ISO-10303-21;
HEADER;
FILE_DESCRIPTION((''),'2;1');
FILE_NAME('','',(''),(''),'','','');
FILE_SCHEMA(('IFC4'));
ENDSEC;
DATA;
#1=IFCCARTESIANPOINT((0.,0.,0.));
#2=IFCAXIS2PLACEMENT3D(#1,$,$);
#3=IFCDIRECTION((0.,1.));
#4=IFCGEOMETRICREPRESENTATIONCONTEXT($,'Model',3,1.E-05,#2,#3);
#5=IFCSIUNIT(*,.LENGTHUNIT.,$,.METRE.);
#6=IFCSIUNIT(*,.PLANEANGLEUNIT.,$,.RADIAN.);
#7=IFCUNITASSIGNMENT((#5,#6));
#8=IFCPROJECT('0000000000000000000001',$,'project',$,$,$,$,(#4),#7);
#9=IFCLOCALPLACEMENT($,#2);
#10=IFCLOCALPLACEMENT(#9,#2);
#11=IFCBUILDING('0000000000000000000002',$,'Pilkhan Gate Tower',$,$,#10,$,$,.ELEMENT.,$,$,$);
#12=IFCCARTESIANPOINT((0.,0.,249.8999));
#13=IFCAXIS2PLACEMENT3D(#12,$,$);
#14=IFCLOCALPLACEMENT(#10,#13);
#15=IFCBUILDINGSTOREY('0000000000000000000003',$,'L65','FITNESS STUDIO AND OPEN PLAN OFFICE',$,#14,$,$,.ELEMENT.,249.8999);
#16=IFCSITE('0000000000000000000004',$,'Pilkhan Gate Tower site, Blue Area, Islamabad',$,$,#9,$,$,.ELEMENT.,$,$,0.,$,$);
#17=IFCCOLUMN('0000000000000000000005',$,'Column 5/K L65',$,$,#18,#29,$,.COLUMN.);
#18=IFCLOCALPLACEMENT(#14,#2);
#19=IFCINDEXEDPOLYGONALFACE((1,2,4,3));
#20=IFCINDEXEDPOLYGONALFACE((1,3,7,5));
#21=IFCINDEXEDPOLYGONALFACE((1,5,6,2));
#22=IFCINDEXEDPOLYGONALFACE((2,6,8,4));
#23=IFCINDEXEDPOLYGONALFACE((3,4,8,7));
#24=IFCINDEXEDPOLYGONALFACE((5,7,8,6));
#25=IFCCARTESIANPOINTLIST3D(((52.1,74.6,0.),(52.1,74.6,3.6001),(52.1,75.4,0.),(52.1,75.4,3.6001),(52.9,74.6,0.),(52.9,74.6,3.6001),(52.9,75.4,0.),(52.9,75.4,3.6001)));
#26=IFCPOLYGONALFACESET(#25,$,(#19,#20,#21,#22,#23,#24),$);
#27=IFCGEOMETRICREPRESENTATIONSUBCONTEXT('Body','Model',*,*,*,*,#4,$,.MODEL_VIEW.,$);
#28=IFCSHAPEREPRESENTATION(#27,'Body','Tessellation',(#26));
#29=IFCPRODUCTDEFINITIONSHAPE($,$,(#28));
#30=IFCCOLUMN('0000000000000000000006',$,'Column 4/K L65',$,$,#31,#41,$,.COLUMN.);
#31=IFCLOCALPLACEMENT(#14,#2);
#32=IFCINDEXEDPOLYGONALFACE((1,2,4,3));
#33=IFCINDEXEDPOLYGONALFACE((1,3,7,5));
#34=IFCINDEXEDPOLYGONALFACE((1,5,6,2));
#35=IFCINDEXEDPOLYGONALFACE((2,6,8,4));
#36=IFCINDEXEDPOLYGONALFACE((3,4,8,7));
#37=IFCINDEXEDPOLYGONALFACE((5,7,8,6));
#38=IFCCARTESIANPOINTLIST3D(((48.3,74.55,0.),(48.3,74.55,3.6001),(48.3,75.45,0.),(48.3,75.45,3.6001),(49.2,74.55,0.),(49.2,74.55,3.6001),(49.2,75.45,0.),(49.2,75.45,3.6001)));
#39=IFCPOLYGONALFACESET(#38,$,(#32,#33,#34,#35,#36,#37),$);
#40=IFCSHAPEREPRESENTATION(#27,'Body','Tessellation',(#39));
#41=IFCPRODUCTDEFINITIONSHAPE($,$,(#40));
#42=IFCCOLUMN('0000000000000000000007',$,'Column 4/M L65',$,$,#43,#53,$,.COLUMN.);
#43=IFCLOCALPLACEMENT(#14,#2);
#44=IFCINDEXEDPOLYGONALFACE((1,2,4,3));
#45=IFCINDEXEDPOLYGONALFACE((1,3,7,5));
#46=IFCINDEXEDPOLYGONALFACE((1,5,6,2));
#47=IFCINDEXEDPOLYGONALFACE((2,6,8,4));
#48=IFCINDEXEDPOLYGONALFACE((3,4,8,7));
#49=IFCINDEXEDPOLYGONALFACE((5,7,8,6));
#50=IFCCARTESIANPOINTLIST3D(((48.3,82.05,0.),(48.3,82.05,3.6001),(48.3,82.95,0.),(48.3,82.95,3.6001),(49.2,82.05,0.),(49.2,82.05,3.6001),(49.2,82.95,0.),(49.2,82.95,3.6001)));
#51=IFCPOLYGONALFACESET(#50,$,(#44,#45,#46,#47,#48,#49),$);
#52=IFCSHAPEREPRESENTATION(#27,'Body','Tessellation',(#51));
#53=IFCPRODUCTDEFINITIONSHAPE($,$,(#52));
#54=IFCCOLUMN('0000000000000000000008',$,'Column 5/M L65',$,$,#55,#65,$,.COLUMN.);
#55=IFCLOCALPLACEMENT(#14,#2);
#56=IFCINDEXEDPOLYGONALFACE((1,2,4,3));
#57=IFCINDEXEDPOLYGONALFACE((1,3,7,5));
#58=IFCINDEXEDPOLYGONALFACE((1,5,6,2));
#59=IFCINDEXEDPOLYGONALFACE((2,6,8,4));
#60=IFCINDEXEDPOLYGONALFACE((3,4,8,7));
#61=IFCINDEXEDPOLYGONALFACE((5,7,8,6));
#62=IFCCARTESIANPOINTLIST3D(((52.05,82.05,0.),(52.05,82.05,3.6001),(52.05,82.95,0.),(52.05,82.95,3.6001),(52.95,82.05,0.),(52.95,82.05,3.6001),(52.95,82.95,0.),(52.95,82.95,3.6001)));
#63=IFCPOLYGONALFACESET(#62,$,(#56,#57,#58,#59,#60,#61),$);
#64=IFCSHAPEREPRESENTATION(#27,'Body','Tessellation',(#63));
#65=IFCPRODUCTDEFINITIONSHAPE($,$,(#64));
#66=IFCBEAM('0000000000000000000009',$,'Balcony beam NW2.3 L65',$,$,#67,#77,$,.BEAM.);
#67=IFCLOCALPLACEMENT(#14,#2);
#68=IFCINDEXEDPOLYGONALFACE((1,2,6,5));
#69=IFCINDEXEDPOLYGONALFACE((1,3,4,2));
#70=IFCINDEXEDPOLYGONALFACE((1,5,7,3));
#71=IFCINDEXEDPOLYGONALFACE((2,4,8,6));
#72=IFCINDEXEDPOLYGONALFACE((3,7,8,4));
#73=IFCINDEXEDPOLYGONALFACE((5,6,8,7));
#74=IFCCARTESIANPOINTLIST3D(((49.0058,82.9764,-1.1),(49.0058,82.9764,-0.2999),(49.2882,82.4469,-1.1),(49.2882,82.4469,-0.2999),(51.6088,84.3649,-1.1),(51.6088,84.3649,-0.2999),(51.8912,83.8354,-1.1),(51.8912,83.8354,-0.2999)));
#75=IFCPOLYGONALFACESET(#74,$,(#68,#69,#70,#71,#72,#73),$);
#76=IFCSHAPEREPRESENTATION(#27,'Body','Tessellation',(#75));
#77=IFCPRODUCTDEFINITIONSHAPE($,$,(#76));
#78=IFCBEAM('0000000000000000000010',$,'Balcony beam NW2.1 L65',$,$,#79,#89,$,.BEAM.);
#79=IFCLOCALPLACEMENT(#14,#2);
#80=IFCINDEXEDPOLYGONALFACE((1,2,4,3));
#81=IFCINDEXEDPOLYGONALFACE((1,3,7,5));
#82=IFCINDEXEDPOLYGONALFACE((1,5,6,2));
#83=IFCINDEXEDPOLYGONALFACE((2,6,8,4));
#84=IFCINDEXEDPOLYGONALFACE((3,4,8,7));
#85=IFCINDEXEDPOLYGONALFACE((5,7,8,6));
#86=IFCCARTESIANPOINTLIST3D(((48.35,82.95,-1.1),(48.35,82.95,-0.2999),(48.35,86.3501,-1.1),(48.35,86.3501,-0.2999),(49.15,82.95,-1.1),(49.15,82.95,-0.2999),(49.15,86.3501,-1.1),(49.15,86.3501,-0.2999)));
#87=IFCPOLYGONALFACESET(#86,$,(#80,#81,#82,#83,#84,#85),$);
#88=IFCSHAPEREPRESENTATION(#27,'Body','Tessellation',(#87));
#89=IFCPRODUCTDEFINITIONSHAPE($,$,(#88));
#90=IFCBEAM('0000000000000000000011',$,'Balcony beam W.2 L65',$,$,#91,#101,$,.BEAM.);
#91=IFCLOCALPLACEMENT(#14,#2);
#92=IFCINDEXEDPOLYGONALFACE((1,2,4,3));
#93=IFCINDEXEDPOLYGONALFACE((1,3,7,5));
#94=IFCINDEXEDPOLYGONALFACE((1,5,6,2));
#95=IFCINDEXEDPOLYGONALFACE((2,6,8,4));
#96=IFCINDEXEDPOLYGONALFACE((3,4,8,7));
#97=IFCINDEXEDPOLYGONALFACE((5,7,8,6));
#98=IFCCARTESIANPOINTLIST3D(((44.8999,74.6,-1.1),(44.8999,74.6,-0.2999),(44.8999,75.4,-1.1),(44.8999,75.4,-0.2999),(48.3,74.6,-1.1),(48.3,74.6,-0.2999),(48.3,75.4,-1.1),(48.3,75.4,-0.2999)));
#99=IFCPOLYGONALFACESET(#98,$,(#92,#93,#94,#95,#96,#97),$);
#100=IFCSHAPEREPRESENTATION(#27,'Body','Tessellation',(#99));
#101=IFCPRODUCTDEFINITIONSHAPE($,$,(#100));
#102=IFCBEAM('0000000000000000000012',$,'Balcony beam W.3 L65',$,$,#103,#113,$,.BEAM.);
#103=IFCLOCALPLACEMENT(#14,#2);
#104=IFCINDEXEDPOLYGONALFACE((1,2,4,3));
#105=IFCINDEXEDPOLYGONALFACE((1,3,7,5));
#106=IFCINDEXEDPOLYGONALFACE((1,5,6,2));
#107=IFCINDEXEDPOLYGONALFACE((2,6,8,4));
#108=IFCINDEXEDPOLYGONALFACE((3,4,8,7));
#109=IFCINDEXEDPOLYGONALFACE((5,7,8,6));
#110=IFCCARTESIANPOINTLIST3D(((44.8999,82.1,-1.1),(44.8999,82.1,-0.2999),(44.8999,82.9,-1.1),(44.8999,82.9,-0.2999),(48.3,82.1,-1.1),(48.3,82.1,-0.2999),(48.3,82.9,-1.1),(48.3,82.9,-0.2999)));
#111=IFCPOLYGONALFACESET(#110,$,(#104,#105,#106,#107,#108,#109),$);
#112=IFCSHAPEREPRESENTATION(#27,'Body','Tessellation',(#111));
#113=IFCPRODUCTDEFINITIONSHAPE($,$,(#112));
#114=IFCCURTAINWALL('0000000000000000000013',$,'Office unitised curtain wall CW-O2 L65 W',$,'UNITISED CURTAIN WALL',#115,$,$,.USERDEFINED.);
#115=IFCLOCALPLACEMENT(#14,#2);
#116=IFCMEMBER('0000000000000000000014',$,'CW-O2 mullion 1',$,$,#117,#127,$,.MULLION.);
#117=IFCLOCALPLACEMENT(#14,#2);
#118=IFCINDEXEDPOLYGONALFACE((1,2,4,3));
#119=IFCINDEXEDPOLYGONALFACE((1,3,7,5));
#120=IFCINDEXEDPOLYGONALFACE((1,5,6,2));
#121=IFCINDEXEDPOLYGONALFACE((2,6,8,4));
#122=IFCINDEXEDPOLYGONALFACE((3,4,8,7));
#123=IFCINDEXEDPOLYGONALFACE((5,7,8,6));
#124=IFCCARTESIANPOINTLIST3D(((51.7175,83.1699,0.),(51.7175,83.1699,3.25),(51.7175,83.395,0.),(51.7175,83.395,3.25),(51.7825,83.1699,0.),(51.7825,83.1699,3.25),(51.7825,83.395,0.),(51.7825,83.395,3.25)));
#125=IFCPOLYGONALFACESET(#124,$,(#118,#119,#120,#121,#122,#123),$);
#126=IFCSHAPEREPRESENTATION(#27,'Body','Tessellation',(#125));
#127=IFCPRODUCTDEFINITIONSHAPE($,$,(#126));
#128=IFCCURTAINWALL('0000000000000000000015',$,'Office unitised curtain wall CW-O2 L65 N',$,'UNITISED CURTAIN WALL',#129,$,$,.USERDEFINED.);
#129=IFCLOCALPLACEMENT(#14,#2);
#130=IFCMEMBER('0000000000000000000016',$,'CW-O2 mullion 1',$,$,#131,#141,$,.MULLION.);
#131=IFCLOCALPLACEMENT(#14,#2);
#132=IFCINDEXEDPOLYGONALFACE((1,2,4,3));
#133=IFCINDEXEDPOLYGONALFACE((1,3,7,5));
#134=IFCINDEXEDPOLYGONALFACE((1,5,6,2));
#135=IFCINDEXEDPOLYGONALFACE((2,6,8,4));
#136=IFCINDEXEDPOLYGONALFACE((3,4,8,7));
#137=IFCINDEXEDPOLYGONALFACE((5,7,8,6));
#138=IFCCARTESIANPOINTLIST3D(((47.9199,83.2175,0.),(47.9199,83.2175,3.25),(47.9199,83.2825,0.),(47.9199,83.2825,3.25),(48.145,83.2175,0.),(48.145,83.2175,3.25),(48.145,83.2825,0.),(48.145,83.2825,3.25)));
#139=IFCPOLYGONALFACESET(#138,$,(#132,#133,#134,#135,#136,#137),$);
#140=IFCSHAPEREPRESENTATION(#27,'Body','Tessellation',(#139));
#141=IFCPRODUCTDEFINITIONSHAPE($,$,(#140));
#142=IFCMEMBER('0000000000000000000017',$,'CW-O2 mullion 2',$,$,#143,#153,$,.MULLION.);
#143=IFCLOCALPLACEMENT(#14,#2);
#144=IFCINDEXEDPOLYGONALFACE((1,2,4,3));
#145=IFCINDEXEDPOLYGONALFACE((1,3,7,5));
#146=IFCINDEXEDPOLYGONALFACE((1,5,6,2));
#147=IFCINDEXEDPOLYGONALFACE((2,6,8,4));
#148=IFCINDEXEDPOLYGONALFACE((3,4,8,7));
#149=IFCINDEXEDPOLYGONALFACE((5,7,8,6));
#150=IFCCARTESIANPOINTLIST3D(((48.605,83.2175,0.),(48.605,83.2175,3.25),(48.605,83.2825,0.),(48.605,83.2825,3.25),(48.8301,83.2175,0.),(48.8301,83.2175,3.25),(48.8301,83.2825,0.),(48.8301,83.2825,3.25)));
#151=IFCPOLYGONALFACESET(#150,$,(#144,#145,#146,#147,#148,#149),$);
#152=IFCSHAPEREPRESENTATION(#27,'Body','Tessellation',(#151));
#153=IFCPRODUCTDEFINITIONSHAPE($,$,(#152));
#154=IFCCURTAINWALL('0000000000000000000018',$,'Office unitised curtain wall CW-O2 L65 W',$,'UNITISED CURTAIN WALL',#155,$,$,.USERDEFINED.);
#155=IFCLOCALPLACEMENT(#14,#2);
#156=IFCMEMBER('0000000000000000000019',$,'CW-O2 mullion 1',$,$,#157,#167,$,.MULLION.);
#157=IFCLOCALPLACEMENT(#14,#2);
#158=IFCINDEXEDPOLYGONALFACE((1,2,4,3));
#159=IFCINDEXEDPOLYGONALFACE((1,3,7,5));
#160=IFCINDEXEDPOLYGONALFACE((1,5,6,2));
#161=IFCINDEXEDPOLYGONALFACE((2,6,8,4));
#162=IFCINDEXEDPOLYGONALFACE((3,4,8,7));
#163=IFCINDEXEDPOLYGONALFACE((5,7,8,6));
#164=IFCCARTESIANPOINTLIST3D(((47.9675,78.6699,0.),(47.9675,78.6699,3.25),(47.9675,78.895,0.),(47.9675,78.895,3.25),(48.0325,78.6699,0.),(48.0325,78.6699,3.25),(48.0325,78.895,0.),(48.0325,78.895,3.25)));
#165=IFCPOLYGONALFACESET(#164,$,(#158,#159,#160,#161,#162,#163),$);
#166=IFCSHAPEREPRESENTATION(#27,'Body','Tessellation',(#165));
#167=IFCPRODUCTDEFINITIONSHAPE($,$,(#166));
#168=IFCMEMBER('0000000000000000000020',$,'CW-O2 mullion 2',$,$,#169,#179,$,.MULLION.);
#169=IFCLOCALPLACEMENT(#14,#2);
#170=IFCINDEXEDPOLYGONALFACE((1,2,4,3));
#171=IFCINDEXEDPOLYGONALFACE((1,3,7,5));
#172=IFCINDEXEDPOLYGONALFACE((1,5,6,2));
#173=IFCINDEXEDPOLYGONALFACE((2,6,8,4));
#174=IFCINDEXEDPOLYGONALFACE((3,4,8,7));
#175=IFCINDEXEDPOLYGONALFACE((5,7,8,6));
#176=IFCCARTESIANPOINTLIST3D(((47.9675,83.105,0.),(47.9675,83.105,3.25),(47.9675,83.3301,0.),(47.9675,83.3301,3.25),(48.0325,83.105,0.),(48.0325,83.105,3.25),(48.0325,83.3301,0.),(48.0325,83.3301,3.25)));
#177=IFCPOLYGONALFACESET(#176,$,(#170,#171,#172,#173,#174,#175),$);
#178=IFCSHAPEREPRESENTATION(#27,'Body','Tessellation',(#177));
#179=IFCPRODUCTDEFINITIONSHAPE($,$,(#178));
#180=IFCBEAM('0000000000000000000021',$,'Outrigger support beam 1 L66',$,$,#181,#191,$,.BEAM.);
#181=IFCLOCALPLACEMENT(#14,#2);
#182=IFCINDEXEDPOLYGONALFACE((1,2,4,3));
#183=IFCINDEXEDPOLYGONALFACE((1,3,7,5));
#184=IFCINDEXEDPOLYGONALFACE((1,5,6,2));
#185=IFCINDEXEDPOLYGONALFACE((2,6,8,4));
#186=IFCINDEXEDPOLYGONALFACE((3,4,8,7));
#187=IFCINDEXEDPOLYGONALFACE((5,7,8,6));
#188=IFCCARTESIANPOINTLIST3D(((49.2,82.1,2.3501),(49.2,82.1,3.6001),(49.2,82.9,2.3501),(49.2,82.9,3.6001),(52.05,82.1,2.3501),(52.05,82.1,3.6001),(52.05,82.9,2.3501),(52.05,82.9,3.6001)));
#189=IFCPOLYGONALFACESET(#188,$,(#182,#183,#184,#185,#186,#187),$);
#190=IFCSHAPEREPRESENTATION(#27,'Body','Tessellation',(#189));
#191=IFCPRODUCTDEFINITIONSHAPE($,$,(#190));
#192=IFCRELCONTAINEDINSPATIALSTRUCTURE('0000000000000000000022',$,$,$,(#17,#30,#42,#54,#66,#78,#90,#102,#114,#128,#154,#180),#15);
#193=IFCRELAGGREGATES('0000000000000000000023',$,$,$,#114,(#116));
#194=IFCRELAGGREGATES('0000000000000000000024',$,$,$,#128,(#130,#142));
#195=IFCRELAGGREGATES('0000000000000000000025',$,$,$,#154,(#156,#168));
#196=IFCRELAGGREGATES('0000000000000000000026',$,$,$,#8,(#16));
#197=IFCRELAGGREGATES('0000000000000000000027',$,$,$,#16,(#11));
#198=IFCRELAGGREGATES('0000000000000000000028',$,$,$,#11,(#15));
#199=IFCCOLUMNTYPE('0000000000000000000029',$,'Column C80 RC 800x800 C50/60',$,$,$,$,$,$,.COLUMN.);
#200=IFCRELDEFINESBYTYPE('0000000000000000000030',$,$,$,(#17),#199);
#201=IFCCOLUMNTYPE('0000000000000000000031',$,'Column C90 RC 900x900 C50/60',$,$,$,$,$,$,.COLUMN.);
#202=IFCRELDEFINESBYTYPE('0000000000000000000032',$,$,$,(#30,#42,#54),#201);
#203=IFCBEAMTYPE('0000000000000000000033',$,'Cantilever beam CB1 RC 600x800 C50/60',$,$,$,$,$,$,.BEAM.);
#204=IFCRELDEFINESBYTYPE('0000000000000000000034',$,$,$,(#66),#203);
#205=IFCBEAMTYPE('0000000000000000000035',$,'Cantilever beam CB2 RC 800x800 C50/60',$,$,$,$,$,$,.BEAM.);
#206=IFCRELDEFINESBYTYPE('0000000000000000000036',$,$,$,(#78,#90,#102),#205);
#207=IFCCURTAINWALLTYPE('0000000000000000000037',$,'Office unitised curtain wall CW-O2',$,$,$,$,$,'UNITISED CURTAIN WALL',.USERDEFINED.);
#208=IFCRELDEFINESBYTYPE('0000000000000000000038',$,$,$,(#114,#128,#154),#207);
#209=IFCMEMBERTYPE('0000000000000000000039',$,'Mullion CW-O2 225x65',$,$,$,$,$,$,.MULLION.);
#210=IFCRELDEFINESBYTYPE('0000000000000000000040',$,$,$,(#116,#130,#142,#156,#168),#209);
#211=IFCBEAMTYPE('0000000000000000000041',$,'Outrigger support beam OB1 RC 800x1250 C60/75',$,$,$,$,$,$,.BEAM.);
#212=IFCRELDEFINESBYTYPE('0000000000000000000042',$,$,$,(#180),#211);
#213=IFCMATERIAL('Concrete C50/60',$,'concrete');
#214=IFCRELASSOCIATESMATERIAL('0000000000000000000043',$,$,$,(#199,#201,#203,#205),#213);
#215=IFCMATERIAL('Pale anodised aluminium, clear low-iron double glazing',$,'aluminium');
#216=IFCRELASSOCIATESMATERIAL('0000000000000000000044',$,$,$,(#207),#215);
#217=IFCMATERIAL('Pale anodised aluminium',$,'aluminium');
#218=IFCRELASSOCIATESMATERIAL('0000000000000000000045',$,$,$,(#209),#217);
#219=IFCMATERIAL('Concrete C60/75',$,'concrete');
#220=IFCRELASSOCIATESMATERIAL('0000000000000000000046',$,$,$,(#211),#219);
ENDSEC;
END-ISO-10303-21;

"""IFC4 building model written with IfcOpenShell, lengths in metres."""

from ifc_helpers import new_model, si_unit, direction, frame, origin, origin_2d, place, context, subcontext, project, spatial, rectangle, extrude, material, material_profile, profile_set, type_object, element, aggregate, save


model = new_model("IFC4")

# Units and contexts
model_context = context("Model", 3, precision=1e-05, world=origin(), true_north=direction((0.0, 1.0)))
body_context = subcontext(model_context, "Body", "Model", "MODEL_VIEW")
ifc_project = project(units=[si_unit("LENGTHUNIT", "METRE"), si_unit("PLANEANGLEUNIT", "RADIAN")], contexts=[model_context])

# Site, building, storey
site_placement = place(None, origin())
site = spatial("IfcSite", under=ifc_project, at=site_placement, Name="Pilkhan Gate Tower site, Blue Area, Islamabad", CompositionType="ELEMENT", RefElevation=0.0)
building_placement = place(site_placement, origin())
building = spatial("IfcBuilding", under=site, at=building_placement, Name="Pilkhan Gate Tower", CompositionType="ELEMENT")
storey_placement = place(building_placement, frame((0.0, 0.0, 249.8999)))
storey = spatial("IfcBuildingStorey", under=building, at=storey_placement, Name="L65", Description="FITNESS STUDIO AND OPEN PLAN OFFICE", CompositionType="ELEMENT", Elevation=249.8999)

# Columns
ifc_material_1 = material(Name="Concrete C50/60", Category="concrete")
ifc_material_profile_1 = material_profile(ifc_material_1, rectangle(XDim=0.8, YDim=0.8, at=origin_2d()), Name="RC 800x800")
ifc_profile_set_1 = profile_set([ifc_material_profile_1], Name="Concrete C50/60")
column_type_1 = type_object("IfcColumnType", Name="Column C80 RC 800x800 C50/60", PredefinedType="COLUMN", material=ifc_profile_set_1)
column_placement = place(storey_placement, frame((52.5, 75.0, 0.0), z_axis=(0.0, 0.0, 1.0), x_axis=(1.0, 0.0, 0.0)))
element("IfcColumn", 1, at=column_placement, inside=storey, type_object=column_type_1, Name="Column 5/K L65", PredefinedType="COLUMN", context=body_context, shape_type="SweptSolid", body=[
    extrude(rectangle(XDim=0.8, YDim=0.8, at=origin_2d()), origin(), (0.0, 0.0, 1.0), 3.6001),
])
ifc_material_profile_2 = material_profile(ifc_material_1, rectangle(XDim=0.8999, YDim=0.8999, at=origin_2d()), Name="RC 900x900")
ifc_profile_set_2 = profile_set([ifc_material_profile_2], Name="Concrete C50/60")
column_type_2 = type_object("IfcColumnType", Name="Column C90 RC 900x900 C50/60", PredefinedType="COLUMN", material=ifc_profile_set_2)
for number, where, z_axis, x_axis, name in (
    (2, (48.75, 75.0, 0.0), (0.0, 0.0, 1.0), (1.0, 0.0, 0.0), "Column 4/K L65"),
    (3, (48.75, 82.5, 0.0), (0.0, 0.0, 1.0), (1.0, 0.0, 0.0), "Column 4/M L65"),
    (4, (52.5, 82.5, 0.0), (0.0, 0.0, 1.0), (1.0, 0.0, 0.0), "Column 5/M L65"),
):
    element("IfcColumn", number, at=place(storey_placement, frame(where, z_axis=z_axis, x_axis=x_axis)), inside=storey, type_object=column_type_2, Name=name, PredefinedType="COLUMN", context=body_context, shape_type="SweptSolid", body=[
        extrude(rectangle(XDim=0.8999, YDim=0.8999, at=origin_2d()), origin(), (0.0, 0.0, 1.0), 3.6001),
    ])

# Beams
ifc_material_profile_3 = material_profile(ifc_material_1, rectangle(XDim=0.6001, YDim=0.8, at=origin_2d()), Name="RC 600x800")
ifc_profile_set_3 = profile_set([ifc_material_profile_3], Name="Concrete C50/60")
beam_type_1 = type_object("IfcBeamType", Name="Cantilever beam CB1 RC 600x800 C50/60", PredefinedType="BEAM", material=ifc_profile_set_3)
beam_1_placement = place(storey_placement, frame((49.147, 82.7117, -0.7), z_axis=(0.882332, 0.470627, 0.0), x_axis=(-0.470627, 0.882332, 0.0)))
element("IfcBeam", 5, at=beam_1_placement, inside=storey, type_object=beam_type_1, Name="Balcony beam NW2.3 L65", PredefinedType="BEAM", context=body_context, shape_type="SweptSolid", body=[
    extrude(rectangle(XDim=0.6001, YDim=0.8, at=origin_2d()), origin(), (0.0, 0.0, 1.0), 2.9502),
])
ifc_material_profile_4 = material_profile(ifc_material_1, rectangle(XDim=0.8, YDim=0.8, at=origin_2d()), Name="RC 800x800")
ifc_profile_set_4 = profile_set([ifc_material_profile_4], Name="Concrete C50/60")
beam_type_2 = type_object("IfcBeamType", Name="Cantilever beam CB2 RC 800x800 C50/60", PredefinedType="BEAM", material=ifc_profile_set_4)
for number, where, z_axis, x_axis, name in (
    (6, (48.75, 82.95, -0.7), (0.0, 1.0, 0.0), (-1.0, 0.0, 0.0), "Balcony beam NW2.1 L65"),
    (7, (48.3, 75.0, -0.7), (-1.0, 0.0, 0.0), (0.0, -1.0, 0.0), "Balcony beam W.2 L65"),
    (8, (48.3, 82.5, -0.7), (-1.0, 0.0, 0.0), (0.0, -1.0, 0.0), "Balcony beam W.3 L65"),
):
    element("IfcBeam", number, at=place(storey_placement, frame(where, z_axis=z_axis, x_axis=x_axis)), inside=storey, type_object=beam_type_2, Name=name, PredefinedType="BEAM", context=body_context, shape_type="SweptSolid", body=[
        extrude(rectangle(XDim=0.8, YDim=0.8, at=origin_2d()), origin(), (0.0, 0.0, 1.0), 3.4001),
    ])

# Curtain wall, member
ifc_material_2 = material(Name="Pale anodised aluminium, clear low-iron double glazing", Category="aluminium")
curtain_wall_type = type_object("IfcCurtainWallType", Name="Office unitised curtain wall CW-O2", ElementType="UNITISED CURTAIN WALL", PredefinedType="USERDEFINED", material=ifc_material_2)
curtain_wall_1_placement = place(storey_placement, origin())
curtain_wall_1 = element("IfcCurtainWall", 9, at=curtain_wall_1_placement, inside=storey, type_object=curtain_wall_type, Name="Office unitised curtain wall CW-O2 L65 W", ObjectType="UNITISED CURTAIN WALL", PredefinedType="USERDEFINED")
ifc_material_3 = material(Name="Pale anodised aluminium", Category="aluminium")
ifc_material_profile_5 = material_profile(ifc_material_3, rectangle(XDim=0.0649, YDim=0.2251, at=origin_2d()), Name="Mullion 225x65")
ifc_profile_set_5 = profile_set([ifc_material_profile_5], Name="Pale anodised aluminium")
member_type_1 = type_object("IfcMemberType", Name="Mullion CW-O2 225x65", PredefinedType="MULLION", material=ifc_profile_set_5)
member_1_placement = place(storey_placement, frame((51.75, 83.2825, 0.0), z_axis=(0.0, 0.0, 1.0), x_axis=(-1.0, 0.0, 0.0)))
member_1 = element("IfcMember", 10, at=member_1_placement, type_object=member_type_1, Name="CW-O2 mullion 1", PredefinedType="MULLION", context=body_context, shape_type="SweptSolid", body=[
    extrude(rectangle(XDim=0.0649, YDim=0.2251, at=origin_2d()), origin(), (0.0, 0.0, 1.0), 3.25),
])
aggregate(curtain_wall_1, [member_1])

# Curtain walls, members
curtain_wall_2_placement = place(storey_placement, origin())
curtain_wall_2 = element("IfcCurtainWall", 11, at=curtain_wall_2_placement, inside=storey, type_object=curtain_wall_type, Name="Office unitised curtain wall CW-O2 L65 N", ObjectType="UNITISED CURTAIN WALL", PredefinedType="USERDEFINED")
member_2_placement = place(storey_placement, frame((48.0325, 83.25, 0.0), z_axis=(0.0, 0.0, 1.0), x_axis=(0.0, 1.0, 0.0)))
member_2 = element("IfcMember", 12, at=member_2_placement, type_object=member_type_1, Name="CW-O2 mullion 1", PredefinedType="MULLION", context=body_context, shape_type="SweptSolid", body=[
    extrude(rectangle(XDim=0.0649, YDim=0.2251, at=origin_2d()), origin(), (0.0, 0.0, 1.0), 3.25),
])
member_3_placement = place(storey_placement, frame((48.7175, 83.25, 0.0), z_axis=(0.0, 0.0, 1.0), x_axis=(0.0, 1.0, 0.0)))
member_3 = element("IfcMember", 13, at=member_3_placement, type_object=member_type_1, Name="CW-O2 mullion 2", PredefinedType="MULLION", context=body_context, shape_type="SweptSolid", body=[
    extrude(rectangle(XDim=0.0649, YDim=0.2251, at=origin_2d()), origin(), (0.0, 0.0, 1.0), 3.25),
])
curtain_wall_3_placement = place(storey_placement, origin())
curtain_wall_3 = element("IfcCurtainWall", 14, at=curtain_wall_3_placement, inside=storey, type_object=curtain_wall_type, Name="Office unitised curtain wall CW-O2 L65 W", ObjectType="UNITISED CURTAIN WALL", PredefinedType="USERDEFINED")
member_4_placement = place(storey_placement, frame((48.0, 78.7825, 0.0), z_axis=(0.0, 0.0, 1.0), x_axis=(-1.0, 0.0, 0.0)))
member_4 = element("IfcMember", 15, at=member_4_placement, type_object=member_type_1, Name="CW-O2 mullion 1", PredefinedType="MULLION", context=body_context, shape_type="SweptSolid", body=[
    extrude(rectangle(XDim=0.0649, YDim=0.2251, at=origin_2d()), origin(), (0.0, 0.0, 1.0), 3.25),
])
member_5_placement = place(storey_placement, frame((48.0, 83.2175, 0.0), z_axis=(0.0, 0.0, 1.0), x_axis=(-1.0, 0.0, 0.0)))
member_5 = element("IfcMember", 16, at=member_5_placement, type_object=member_type_1, Name="CW-O2 mullion 2", PredefinedType="MULLION", context=body_context, shape_type="SweptSolid", body=[
    extrude(rectangle(XDim=0.0649, YDim=0.2251, at=origin_2d()), origin(), (0.0, 0.0, 1.0), 3.25),
])

# Beam
ifc_material_4 = material(Name="Concrete C60/75", Category="concrete")
ifc_material_profile_6 = material_profile(ifc_material_4, rectangle(XDim=0.8, YDim=1.25, at=origin_2d()), Name="RC 800x1250")
ifc_profile_set_6 = profile_set([ifc_material_profile_6], Name="Concrete C60/75")
beam_type_3 = type_object("IfcBeamType", Name="Outrigger support beam OB1 RC 800x1250 C60/75", PredefinedType="BEAM", material=ifc_profile_set_6)
beam_2_placement = place(storey_placement, frame((49.2, 82.5, 2.9751), z_axis=(1.0, 0.0, 0.0), x_axis=(0.0, 1.0, 0.0)))
element("IfcBeam", 17, at=beam_2_placement, inside=storey, type_object=beam_type_3, Name="Outrigger support beam 1 L66", PredefinedType="BEAM", context=body_context, shape_type="SweptSolid", body=[
    extrude(rectangle(XDim=0.8, YDim=1.25, at=origin_2d()), origin(), (0.0, 0.0, 1.0), 2.8501),
])

aggregate(curtain_wall_2, [member_2, member_3])
aggregate(curtain_wall_3, [member_4, member_5])

save(model, "model.ifc")
